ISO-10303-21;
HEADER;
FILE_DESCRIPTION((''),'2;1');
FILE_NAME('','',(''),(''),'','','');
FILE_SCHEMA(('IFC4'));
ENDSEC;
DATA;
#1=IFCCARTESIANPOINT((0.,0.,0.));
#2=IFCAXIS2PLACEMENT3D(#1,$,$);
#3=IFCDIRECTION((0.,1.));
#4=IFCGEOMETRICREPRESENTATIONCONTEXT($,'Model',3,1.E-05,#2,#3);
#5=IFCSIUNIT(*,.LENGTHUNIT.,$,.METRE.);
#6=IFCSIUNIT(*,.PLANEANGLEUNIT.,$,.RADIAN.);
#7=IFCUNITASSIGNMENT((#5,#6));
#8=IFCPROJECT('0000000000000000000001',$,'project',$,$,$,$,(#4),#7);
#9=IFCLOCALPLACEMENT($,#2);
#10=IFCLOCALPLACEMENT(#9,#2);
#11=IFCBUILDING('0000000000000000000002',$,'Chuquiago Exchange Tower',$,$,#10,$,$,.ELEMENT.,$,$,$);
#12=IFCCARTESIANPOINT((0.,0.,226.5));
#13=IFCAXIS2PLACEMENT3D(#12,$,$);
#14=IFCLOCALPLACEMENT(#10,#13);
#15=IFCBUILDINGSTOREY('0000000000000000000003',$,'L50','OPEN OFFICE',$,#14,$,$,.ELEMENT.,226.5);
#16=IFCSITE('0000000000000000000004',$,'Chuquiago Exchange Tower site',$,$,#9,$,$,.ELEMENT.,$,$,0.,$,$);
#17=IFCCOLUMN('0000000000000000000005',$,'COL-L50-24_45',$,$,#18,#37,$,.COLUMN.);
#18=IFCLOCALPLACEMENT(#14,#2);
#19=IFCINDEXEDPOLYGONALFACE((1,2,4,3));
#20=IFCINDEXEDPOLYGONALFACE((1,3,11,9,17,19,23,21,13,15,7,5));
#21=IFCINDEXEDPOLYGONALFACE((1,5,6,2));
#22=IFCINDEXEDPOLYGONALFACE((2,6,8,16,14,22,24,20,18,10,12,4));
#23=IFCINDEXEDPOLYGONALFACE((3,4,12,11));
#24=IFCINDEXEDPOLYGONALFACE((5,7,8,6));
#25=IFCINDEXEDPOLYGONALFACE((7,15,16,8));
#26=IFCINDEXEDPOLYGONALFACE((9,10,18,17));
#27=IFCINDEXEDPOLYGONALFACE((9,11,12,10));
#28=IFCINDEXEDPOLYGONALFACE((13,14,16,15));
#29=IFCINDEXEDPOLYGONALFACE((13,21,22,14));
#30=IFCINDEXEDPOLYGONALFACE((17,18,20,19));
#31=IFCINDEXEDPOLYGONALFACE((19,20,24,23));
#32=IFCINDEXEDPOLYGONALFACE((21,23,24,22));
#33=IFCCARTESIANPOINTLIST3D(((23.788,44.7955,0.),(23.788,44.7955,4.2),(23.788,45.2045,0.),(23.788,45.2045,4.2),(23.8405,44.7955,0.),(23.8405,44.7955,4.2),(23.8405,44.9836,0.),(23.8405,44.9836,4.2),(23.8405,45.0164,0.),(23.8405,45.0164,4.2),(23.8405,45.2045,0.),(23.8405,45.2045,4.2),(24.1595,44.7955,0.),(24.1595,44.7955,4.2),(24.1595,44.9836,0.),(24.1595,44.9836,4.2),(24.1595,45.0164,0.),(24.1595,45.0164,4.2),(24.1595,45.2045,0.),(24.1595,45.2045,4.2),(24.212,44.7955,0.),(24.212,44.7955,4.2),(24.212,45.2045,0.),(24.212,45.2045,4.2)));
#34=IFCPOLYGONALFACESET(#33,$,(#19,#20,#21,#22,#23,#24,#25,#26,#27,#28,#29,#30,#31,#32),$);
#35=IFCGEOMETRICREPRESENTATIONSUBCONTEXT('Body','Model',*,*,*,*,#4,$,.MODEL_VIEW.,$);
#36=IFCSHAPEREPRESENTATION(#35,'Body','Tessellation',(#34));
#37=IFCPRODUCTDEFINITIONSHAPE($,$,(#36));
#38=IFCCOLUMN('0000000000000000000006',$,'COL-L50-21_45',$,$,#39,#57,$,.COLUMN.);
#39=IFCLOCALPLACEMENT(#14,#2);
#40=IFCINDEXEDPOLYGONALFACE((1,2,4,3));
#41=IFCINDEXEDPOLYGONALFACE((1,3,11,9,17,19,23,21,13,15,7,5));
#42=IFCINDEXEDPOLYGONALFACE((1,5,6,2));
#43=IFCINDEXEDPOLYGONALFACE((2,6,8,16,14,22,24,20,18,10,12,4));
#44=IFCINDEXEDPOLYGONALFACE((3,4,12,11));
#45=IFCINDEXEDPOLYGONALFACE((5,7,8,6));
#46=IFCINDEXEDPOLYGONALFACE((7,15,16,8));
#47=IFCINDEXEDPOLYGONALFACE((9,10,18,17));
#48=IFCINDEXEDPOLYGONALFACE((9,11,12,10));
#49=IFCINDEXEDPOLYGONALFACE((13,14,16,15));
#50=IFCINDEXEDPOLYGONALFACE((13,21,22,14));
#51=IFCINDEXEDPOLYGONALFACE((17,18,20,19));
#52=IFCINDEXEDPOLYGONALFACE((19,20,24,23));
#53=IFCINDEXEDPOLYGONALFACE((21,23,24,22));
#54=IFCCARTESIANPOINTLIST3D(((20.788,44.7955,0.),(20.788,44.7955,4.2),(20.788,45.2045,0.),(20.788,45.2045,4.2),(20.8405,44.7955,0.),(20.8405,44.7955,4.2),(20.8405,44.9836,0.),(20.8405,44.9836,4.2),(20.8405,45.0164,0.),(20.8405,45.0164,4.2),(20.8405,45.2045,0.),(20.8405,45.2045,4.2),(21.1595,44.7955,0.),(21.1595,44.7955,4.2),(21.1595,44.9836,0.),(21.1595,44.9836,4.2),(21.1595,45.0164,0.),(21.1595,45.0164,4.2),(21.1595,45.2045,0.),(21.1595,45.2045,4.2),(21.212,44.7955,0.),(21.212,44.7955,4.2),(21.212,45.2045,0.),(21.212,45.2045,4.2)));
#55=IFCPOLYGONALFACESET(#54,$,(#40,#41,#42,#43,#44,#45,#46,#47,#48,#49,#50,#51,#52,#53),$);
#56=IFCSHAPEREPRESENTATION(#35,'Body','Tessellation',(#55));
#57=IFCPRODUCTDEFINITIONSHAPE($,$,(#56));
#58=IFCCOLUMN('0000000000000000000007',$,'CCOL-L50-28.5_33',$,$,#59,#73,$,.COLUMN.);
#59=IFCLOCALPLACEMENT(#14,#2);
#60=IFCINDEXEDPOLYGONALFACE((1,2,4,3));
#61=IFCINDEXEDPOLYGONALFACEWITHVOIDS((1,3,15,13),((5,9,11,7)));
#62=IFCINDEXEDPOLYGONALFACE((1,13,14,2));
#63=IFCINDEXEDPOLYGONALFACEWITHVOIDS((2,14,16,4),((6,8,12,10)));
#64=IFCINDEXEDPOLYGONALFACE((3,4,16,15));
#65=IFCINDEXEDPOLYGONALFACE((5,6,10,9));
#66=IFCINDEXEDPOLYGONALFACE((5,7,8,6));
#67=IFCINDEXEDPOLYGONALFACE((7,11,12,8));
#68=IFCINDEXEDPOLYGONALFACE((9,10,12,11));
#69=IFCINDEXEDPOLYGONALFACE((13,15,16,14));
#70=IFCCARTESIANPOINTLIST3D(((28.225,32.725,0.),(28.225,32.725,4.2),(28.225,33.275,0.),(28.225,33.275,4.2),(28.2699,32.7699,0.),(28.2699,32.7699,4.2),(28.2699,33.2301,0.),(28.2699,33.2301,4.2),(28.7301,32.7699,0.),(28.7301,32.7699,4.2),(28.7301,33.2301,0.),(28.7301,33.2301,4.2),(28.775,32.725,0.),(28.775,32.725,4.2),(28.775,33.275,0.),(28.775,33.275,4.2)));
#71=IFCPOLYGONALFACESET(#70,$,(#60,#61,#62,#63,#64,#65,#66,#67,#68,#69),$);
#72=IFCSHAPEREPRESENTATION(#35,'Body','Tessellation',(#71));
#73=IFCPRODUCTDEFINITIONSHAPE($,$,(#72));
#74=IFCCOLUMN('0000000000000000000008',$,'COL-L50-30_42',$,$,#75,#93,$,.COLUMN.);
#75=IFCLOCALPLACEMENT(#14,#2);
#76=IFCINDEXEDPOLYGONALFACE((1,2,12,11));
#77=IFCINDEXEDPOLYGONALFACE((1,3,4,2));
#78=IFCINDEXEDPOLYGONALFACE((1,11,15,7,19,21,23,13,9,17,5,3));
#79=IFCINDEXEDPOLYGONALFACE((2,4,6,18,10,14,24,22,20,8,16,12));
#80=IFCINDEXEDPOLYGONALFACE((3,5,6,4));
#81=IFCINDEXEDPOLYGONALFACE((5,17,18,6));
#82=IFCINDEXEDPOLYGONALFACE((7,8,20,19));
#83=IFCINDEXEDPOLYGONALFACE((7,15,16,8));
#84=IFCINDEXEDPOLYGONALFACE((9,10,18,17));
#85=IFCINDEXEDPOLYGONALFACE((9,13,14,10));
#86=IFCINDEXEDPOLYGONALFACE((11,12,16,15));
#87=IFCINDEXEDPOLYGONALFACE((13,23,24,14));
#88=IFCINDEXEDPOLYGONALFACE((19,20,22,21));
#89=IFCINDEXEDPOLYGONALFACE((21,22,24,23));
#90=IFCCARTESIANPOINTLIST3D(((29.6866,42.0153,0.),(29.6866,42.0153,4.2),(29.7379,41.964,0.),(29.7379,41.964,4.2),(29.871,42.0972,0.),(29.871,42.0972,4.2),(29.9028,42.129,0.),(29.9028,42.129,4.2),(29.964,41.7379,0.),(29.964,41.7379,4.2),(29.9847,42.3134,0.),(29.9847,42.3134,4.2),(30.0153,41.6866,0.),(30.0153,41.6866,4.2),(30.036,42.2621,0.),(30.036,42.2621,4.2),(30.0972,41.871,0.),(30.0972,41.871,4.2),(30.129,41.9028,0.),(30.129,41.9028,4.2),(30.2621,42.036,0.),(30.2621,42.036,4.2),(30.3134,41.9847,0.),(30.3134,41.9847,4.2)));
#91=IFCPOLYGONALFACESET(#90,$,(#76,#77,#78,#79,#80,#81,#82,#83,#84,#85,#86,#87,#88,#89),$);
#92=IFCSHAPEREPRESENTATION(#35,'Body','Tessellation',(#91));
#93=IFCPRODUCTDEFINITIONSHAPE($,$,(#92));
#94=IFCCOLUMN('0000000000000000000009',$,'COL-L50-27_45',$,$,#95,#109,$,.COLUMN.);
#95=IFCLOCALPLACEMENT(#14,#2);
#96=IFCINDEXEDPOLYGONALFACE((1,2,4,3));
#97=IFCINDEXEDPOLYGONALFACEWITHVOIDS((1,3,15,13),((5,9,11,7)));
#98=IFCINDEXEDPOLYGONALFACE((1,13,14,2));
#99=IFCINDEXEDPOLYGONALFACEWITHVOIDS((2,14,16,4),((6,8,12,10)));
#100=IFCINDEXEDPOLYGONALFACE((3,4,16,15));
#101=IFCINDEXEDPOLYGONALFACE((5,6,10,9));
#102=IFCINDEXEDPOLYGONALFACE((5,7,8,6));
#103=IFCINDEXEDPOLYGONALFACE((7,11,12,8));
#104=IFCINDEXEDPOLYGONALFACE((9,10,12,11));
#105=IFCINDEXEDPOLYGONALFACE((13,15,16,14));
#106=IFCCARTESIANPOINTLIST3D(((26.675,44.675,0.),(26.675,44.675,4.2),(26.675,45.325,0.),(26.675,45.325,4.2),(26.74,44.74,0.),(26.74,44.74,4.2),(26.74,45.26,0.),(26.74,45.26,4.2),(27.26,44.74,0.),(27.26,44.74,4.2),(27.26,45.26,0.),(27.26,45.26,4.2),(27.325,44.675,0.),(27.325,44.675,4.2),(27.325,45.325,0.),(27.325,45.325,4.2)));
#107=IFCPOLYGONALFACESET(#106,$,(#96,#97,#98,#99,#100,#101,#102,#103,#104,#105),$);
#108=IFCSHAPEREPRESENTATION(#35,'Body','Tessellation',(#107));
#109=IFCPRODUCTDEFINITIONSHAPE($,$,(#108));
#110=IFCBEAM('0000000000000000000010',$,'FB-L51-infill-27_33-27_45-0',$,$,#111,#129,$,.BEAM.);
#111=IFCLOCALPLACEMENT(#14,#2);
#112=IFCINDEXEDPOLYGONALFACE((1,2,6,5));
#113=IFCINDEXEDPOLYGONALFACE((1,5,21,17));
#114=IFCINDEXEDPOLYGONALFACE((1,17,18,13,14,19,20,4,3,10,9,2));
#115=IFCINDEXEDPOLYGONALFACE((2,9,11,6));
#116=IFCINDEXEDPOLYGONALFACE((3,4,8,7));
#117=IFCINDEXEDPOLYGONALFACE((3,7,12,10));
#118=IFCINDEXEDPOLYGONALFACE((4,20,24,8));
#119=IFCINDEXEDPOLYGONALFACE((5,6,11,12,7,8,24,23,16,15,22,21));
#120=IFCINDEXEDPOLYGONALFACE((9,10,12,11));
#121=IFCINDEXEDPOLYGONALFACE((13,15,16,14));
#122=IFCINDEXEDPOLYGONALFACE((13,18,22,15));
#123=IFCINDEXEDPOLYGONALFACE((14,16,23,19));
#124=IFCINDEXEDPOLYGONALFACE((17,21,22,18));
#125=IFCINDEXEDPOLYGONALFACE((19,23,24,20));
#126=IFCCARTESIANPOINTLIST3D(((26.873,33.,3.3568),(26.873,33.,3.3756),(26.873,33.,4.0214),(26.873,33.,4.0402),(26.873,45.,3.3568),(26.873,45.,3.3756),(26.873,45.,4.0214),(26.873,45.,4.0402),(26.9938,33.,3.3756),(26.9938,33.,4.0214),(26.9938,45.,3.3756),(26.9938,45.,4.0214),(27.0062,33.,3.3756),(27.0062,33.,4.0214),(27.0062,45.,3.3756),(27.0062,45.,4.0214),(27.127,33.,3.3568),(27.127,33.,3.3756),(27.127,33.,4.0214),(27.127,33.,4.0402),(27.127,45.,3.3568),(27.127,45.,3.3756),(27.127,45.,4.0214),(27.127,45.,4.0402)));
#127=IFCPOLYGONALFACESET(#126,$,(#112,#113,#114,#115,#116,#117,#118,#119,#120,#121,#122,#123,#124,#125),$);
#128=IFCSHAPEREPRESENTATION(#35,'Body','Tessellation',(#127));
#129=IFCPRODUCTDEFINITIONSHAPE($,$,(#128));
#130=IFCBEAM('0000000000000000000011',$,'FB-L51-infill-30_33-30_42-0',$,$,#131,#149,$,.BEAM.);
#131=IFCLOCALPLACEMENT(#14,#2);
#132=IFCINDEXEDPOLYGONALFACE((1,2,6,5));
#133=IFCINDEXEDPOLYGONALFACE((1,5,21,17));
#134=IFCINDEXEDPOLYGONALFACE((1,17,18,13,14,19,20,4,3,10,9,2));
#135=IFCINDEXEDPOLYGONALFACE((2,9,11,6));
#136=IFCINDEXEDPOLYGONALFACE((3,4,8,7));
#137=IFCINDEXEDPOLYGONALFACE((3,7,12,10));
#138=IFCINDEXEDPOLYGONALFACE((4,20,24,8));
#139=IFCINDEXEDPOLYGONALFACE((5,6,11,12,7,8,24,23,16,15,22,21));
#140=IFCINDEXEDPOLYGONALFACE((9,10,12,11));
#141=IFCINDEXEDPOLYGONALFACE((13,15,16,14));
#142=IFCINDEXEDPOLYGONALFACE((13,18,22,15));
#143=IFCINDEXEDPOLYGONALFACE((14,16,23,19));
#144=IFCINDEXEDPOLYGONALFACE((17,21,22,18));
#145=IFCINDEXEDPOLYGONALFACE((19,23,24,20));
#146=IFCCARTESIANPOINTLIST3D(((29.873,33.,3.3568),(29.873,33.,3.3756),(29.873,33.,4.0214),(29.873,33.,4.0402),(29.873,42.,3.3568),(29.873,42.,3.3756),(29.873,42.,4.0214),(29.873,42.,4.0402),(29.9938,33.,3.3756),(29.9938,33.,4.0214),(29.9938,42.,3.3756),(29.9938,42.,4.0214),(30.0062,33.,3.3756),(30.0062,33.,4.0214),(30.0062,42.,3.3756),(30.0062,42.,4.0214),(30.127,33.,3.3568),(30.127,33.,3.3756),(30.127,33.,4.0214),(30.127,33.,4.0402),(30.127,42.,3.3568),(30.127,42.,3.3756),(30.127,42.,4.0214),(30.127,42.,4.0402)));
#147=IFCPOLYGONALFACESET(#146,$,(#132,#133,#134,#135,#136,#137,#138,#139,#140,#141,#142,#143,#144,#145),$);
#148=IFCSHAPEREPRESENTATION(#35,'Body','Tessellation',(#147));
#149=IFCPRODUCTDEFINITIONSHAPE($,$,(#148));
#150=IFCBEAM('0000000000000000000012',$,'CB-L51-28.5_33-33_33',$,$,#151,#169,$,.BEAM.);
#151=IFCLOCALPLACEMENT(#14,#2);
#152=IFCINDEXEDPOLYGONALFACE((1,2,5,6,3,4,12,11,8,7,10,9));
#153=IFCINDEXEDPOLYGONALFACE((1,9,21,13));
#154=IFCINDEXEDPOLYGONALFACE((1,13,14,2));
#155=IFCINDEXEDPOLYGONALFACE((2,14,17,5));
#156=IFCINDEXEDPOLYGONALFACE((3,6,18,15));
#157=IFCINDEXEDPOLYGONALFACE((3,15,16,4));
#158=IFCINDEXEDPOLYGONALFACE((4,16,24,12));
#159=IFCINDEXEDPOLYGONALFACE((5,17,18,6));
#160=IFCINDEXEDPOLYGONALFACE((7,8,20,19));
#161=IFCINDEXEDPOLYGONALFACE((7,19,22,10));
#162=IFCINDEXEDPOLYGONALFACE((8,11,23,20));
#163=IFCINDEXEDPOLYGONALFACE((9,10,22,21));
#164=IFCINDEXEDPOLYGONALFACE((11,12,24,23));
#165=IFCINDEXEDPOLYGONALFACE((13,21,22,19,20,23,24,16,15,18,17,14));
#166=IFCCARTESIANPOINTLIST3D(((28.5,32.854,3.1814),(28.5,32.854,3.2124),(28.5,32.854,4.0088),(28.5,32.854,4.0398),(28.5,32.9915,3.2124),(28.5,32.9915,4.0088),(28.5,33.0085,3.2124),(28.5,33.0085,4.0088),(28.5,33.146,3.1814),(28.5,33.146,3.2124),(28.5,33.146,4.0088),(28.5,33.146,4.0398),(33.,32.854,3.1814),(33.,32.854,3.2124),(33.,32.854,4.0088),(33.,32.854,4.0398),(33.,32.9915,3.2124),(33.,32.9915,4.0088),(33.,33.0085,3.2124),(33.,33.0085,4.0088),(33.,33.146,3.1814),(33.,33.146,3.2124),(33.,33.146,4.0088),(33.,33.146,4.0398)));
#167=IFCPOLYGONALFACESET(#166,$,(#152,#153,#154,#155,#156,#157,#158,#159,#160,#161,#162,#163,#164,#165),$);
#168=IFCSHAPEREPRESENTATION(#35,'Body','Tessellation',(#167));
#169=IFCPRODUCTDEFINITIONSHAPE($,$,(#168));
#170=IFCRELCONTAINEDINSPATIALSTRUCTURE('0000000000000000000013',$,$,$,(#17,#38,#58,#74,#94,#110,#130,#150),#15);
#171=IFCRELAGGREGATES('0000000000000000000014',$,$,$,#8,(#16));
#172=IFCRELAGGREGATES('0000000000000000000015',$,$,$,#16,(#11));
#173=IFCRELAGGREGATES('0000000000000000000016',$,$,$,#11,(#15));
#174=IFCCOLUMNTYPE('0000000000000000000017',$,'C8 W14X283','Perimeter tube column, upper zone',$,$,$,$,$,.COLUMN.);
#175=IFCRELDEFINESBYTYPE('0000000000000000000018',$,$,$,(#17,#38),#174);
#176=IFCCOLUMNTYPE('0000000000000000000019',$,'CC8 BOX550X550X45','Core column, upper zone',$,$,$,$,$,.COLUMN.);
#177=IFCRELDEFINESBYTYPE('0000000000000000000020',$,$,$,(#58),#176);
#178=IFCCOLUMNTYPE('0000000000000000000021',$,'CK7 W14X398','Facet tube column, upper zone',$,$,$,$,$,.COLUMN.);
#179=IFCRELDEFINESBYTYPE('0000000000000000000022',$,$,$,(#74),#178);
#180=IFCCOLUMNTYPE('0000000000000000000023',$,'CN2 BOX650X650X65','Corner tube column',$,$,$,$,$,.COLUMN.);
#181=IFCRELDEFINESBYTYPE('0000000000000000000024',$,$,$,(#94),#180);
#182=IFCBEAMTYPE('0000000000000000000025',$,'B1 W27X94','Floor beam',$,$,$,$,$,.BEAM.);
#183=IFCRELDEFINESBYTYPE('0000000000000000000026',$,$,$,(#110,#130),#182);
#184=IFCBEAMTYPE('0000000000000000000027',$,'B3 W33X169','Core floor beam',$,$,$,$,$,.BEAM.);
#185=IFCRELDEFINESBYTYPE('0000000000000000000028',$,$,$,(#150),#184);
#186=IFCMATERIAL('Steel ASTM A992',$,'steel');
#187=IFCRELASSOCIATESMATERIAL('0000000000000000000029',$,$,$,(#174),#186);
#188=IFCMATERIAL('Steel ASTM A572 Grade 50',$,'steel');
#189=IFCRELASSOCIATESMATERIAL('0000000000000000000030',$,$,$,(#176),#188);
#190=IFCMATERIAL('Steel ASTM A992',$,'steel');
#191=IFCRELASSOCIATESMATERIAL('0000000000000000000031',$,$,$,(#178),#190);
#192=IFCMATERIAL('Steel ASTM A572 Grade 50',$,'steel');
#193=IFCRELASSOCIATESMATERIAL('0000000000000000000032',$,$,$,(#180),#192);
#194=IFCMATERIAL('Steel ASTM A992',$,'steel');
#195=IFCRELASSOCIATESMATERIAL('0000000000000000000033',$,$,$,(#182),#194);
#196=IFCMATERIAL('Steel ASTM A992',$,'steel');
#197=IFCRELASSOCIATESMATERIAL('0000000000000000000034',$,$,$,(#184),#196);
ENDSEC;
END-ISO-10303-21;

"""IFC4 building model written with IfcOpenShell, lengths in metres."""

from ifc_helpers import new_model, si_unit, direction, frame, origin, origin_2d, place, context, subcontext, project, spatial, hollow_rectangle, i_section, extrude, material, material_profile, profile_set, type_object, element, save


model = new_model("IFC4")

# Units and contexts
model_context = context("Model", 3, precision=1e-05, world=origin(), true_north=direction((0.0, 1.0)))
body_context = subcontext(model_context, "Body", "Model", "MODEL_VIEW")
ifc_project = project(units=[si_unit("LENGTHUNIT", "METRE"), si_unit("PLANEANGLEUNIT", "RADIAN")], contexts=[model_context])

# Site, building, storey
site_placement = place(None, origin())
site = spatial("IfcSite", under=ifc_project, at=site_placement, Name="Chuquiago Exchange Tower site", CompositionType="ELEMENT", RefElevation=0.0)
building_placement = place(site_placement, origin())
building = spatial("IfcBuilding", under=site, at=building_placement, Name="Chuquiago Exchange Tower", CompositionType="ELEMENT")
storey_placement = place(building_placement, frame((0.0, 0.0, 226.5)))
storey = spatial("IfcBuildingStorey", under=building, at=storey_placement, Name="L50", Description="OPEN OFFICE", CompositionType="ELEMENT", Elevation=226.5)

# Columns
ifc_material_1 = material(Name="Steel ASTM A992", Category="steel")
ifc_material_profile_1 = material_profile(ifc_material_1, i_section(OverallWidth=0.4089, OverallDepth=0.4241, WebThickness=0.0327, FlangeThickness=0.0525, at=origin_2d()), Name="W14X283")
ifc_profile_set_1 = profile_set([ifc_material_profile_1], Name="Steel ASTM A992")
column_type_1 = type_object("IfcColumnType", Name="C8 W14X283", Description="Perimeter tube column, upper zone", PredefinedType="COLUMN", material=ifc_profile_set_1)
for number, where, z_axis, x_axis, name in (
    (1, (24.0, 45.0, 0.0), (0.0, 0.0, 1.0), (0.0, 1.0, 0.0), "COL-L50-24_45"),
    (2, (21.0, 45.0, 0.0), (0.0, 0.0, 1.0), (0.0, 1.0, 0.0), "COL-L50-21_45"),
):
    element("IfcColumn", number, at=place(storey_placement, frame(where, z_axis=z_axis, x_axis=x_axis)), inside=storey, type_object=column_type_1, Name=name, PredefinedType="COLUMN", context=body_context, shape_type="SweptSolid", body=[
        extrude(i_section(OverallWidth=0.4089, OverallDepth=0.4241, WebThickness=0.0327, FlangeThickness=0.0525, at=origin_2d()), origin(), (0.0, 0.0, 1.0), 4.2),
    ])
ifc_material_2 = material(Name="Steel ASTM A572 Grade 50", Category="steel")
ifc_material_profile_2 = material_profile(ifc_material_2, hollow_rectangle(XDim=0.55, YDim=0.55, WallThickness=0.0449, at=origin_2d()), Name="BOX550X550X45")
ifc_profile_set_2 = profile_set([ifc_material_profile_2], Name="Steel ASTM A572 Grade 50")
column_type_2 = type_object("IfcColumnType", Name="CC8 BOX550X550X45", Description="Core column, upper zone", PredefinedType="COLUMN", material=ifc_profile_set_2)
column_1_placement = place(storey_placement, frame((28.5, 33.0, 0.0), z_axis=(0.0, 0.0, 1.0), x_axis=(1.0, 0.0, 0.0)))
element("IfcColumn", 3, at=column_1_placement, inside=storey, type_object=column_type_2, Name="CCOL-L50-28.5_33", PredefinedType="COLUMN", context=body_context, shape_type="SweptSolid", body=[
    extrude(hollow_rectangle(XDim=0.55, YDim=0.55, WallThickness=0.0449, at=origin_2d()), origin(), (0.0, 0.0, 1.0), 4.2),
])
ifc_material_3 = material(Name="Steel ASTM A992", Category="steel")
ifc_material_profile_3 = material_profile(ifc_material_3, i_section(OverallWidth=0.4216, OverallDepth=0.4648, WebThickness=0.0449, FlangeThickness=0.0725, at=origin_2d()), Name="W14X398")
ifc_profile_set_3 = profile_set([ifc_material_profile_3], Name="Steel ASTM A992")
column_type_3 = type_object("IfcColumnType", Name="CK7 W14X398", Description="Facet tube column, upper zone", PredefinedType="COLUMN", material=ifc_profile_set_3)
column_2_placement = place(storey_placement, frame((30.0, 42.0, 0.0), z_axis=(0.0, 0.0, 1.0), x_axis=(0.707107, 0.707107, 0.0)))
element("IfcColumn", 4, at=column_2_placement, inside=storey, type_object=column_type_3, Name="COL-L50-30_42", PredefinedType="COLUMN", context=body_context, shape_type="SweptSolid", body=[
    extrude(i_section(OverallWidth=0.4216, OverallDepth=0.4648, WebThickness=0.0449, FlangeThickness=0.0725, at=origin_2d()), origin(), (0.0, 0.0, 1.0), 4.2),
])
ifc_material_4 = material(Name="Steel ASTM A572 Grade 50", Category="steel")
ifc_material_profile_4 = material_profile(ifc_material_4, hollow_rectangle(XDim=0.6499, YDim=0.6499, WallThickness=0.0649, at=origin_2d()), Name="BOX650X650X65")
ifc_profile_set_4 = profile_set([ifc_material_profile_4], Name="Steel ASTM A572 Grade 50")
column_type_4 = type_object("IfcColumnType", Name="CN2 BOX650X650X65", Description="Corner tube column", PredefinedType="COLUMN", material=ifc_profile_set_4)
column_3_placement = place(storey_placement, frame((27.0, 45.0, 0.0), z_axis=(0.0, 0.0, 1.0), x_axis=(0.0, 1.0, 0.0)))
element("IfcColumn", 5, at=column_3_placement, inside=storey, type_object=column_type_4, Name="COL-L50-27_45", PredefinedType="COLUMN", context=body_context, shape_type="SweptSolid", body=[
    extrude(hollow_rectangle(XDim=0.6499, YDim=0.6499, WallThickness=0.0649, at=origin_2d()), origin(), (0.0, 0.0, 1.0), 4.2),
])

# Beams
ifc_material_5 = material(Name="Steel ASTM A992", Category="steel")
ifc_material_profile_5 = material_profile(ifc_material_5, i_section(OverallWidth=0.2539, OverallDepth=0.6833, WebThickness=0.0125, FlangeThickness=0.0188, at=origin_2d()), Name="W27X94")
ifc_profile_set_5 = profile_set([ifc_material_profile_5], Name="Steel ASTM A992")
beam_type_1 = type_object("IfcBeamType", Name="B1 W27X94", Description="Floor beam", PredefinedType="BEAM", material=ifc_profile_set_5)
beam_1_placement = place(storey_placement, frame((27.0, 33.0, 3.6985), z_axis=(0.0, 1.0, 0.0), x_axis=(-1.0, 0.0, 0.0)))
element("IfcBeam", 6, at=beam_1_placement, inside=storey, type_object=beam_type_1, Name="FB-L51-infill-27_33-27_45-0", PredefinedType="BEAM", context=body_context, shape_type="SweptSolid", body=[
    extrude(i_section(OverallWidth=0.2539, OverallDepth=0.6833, WebThickness=0.0125, FlangeThickness=0.0188, at=origin_2d()), origin(), (0.0, 0.0, 1.0), 12.0),
])
beam_2_placement = place(storey_placement, frame((30.0, 33.0, 3.6985), z_axis=(0.0, 1.0, 0.0), x_axis=(-1.0, 0.0, 0.0)))
element("IfcBeam", 7, at=beam_2_placement, inside=storey, type_object=beam_type_1, Name="FB-L51-infill-30_33-30_42-0", PredefinedType="BEAM", context=body_context, shape_type="SweptSolid", body=[
    extrude(i_section(OverallWidth=0.2539, OverallDepth=0.6833, WebThickness=0.0125, FlangeThickness=0.0188, at=origin_2d()), origin(), (0.0, 0.0, 1.0), 9.0),
])
ifc_material_6 = material(Name="Steel ASTM A992", Category="steel")
ifc_material_profile_6 = material_profile(ifc_material_6, i_section(OverallWidth=0.292, OverallDepth=0.8584, WebThickness=0.0171, FlangeThickness=0.031, at=origin_2d()), Name="W33X169")
ifc_profile_set_6 = profile_set([ifc_material_profile_6], Name="Steel ASTM A992")
beam_type_2 = type_object("IfcBeamType", Name="B3 W33X169", Description="Core floor beam", PredefinedType="BEAM", material=ifc_profile_set_6)
beam_3_placement = place(storey_placement, frame((28.5, 33.0, 3.6106), z_axis=(1.0, 0.0, 0.0), x_axis=(0.0, 1.0, 0.0)))
element("IfcBeam", 8, at=beam_3_placement, inside=storey, type_object=beam_type_2, Name="CB-L51-28.5_33-33_33", PredefinedType="BEAM", context=body_context, shape_type="SweptSolid", body=[
    extrude(i_section(OverallWidth=0.292, OverallDepth=0.8584, WebThickness=0.0171, FlangeThickness=0.031, at=origin_2d()), origin(), (0.0, 0.0, 1.0), 4.5),
])

save(model, "model.ifc")
